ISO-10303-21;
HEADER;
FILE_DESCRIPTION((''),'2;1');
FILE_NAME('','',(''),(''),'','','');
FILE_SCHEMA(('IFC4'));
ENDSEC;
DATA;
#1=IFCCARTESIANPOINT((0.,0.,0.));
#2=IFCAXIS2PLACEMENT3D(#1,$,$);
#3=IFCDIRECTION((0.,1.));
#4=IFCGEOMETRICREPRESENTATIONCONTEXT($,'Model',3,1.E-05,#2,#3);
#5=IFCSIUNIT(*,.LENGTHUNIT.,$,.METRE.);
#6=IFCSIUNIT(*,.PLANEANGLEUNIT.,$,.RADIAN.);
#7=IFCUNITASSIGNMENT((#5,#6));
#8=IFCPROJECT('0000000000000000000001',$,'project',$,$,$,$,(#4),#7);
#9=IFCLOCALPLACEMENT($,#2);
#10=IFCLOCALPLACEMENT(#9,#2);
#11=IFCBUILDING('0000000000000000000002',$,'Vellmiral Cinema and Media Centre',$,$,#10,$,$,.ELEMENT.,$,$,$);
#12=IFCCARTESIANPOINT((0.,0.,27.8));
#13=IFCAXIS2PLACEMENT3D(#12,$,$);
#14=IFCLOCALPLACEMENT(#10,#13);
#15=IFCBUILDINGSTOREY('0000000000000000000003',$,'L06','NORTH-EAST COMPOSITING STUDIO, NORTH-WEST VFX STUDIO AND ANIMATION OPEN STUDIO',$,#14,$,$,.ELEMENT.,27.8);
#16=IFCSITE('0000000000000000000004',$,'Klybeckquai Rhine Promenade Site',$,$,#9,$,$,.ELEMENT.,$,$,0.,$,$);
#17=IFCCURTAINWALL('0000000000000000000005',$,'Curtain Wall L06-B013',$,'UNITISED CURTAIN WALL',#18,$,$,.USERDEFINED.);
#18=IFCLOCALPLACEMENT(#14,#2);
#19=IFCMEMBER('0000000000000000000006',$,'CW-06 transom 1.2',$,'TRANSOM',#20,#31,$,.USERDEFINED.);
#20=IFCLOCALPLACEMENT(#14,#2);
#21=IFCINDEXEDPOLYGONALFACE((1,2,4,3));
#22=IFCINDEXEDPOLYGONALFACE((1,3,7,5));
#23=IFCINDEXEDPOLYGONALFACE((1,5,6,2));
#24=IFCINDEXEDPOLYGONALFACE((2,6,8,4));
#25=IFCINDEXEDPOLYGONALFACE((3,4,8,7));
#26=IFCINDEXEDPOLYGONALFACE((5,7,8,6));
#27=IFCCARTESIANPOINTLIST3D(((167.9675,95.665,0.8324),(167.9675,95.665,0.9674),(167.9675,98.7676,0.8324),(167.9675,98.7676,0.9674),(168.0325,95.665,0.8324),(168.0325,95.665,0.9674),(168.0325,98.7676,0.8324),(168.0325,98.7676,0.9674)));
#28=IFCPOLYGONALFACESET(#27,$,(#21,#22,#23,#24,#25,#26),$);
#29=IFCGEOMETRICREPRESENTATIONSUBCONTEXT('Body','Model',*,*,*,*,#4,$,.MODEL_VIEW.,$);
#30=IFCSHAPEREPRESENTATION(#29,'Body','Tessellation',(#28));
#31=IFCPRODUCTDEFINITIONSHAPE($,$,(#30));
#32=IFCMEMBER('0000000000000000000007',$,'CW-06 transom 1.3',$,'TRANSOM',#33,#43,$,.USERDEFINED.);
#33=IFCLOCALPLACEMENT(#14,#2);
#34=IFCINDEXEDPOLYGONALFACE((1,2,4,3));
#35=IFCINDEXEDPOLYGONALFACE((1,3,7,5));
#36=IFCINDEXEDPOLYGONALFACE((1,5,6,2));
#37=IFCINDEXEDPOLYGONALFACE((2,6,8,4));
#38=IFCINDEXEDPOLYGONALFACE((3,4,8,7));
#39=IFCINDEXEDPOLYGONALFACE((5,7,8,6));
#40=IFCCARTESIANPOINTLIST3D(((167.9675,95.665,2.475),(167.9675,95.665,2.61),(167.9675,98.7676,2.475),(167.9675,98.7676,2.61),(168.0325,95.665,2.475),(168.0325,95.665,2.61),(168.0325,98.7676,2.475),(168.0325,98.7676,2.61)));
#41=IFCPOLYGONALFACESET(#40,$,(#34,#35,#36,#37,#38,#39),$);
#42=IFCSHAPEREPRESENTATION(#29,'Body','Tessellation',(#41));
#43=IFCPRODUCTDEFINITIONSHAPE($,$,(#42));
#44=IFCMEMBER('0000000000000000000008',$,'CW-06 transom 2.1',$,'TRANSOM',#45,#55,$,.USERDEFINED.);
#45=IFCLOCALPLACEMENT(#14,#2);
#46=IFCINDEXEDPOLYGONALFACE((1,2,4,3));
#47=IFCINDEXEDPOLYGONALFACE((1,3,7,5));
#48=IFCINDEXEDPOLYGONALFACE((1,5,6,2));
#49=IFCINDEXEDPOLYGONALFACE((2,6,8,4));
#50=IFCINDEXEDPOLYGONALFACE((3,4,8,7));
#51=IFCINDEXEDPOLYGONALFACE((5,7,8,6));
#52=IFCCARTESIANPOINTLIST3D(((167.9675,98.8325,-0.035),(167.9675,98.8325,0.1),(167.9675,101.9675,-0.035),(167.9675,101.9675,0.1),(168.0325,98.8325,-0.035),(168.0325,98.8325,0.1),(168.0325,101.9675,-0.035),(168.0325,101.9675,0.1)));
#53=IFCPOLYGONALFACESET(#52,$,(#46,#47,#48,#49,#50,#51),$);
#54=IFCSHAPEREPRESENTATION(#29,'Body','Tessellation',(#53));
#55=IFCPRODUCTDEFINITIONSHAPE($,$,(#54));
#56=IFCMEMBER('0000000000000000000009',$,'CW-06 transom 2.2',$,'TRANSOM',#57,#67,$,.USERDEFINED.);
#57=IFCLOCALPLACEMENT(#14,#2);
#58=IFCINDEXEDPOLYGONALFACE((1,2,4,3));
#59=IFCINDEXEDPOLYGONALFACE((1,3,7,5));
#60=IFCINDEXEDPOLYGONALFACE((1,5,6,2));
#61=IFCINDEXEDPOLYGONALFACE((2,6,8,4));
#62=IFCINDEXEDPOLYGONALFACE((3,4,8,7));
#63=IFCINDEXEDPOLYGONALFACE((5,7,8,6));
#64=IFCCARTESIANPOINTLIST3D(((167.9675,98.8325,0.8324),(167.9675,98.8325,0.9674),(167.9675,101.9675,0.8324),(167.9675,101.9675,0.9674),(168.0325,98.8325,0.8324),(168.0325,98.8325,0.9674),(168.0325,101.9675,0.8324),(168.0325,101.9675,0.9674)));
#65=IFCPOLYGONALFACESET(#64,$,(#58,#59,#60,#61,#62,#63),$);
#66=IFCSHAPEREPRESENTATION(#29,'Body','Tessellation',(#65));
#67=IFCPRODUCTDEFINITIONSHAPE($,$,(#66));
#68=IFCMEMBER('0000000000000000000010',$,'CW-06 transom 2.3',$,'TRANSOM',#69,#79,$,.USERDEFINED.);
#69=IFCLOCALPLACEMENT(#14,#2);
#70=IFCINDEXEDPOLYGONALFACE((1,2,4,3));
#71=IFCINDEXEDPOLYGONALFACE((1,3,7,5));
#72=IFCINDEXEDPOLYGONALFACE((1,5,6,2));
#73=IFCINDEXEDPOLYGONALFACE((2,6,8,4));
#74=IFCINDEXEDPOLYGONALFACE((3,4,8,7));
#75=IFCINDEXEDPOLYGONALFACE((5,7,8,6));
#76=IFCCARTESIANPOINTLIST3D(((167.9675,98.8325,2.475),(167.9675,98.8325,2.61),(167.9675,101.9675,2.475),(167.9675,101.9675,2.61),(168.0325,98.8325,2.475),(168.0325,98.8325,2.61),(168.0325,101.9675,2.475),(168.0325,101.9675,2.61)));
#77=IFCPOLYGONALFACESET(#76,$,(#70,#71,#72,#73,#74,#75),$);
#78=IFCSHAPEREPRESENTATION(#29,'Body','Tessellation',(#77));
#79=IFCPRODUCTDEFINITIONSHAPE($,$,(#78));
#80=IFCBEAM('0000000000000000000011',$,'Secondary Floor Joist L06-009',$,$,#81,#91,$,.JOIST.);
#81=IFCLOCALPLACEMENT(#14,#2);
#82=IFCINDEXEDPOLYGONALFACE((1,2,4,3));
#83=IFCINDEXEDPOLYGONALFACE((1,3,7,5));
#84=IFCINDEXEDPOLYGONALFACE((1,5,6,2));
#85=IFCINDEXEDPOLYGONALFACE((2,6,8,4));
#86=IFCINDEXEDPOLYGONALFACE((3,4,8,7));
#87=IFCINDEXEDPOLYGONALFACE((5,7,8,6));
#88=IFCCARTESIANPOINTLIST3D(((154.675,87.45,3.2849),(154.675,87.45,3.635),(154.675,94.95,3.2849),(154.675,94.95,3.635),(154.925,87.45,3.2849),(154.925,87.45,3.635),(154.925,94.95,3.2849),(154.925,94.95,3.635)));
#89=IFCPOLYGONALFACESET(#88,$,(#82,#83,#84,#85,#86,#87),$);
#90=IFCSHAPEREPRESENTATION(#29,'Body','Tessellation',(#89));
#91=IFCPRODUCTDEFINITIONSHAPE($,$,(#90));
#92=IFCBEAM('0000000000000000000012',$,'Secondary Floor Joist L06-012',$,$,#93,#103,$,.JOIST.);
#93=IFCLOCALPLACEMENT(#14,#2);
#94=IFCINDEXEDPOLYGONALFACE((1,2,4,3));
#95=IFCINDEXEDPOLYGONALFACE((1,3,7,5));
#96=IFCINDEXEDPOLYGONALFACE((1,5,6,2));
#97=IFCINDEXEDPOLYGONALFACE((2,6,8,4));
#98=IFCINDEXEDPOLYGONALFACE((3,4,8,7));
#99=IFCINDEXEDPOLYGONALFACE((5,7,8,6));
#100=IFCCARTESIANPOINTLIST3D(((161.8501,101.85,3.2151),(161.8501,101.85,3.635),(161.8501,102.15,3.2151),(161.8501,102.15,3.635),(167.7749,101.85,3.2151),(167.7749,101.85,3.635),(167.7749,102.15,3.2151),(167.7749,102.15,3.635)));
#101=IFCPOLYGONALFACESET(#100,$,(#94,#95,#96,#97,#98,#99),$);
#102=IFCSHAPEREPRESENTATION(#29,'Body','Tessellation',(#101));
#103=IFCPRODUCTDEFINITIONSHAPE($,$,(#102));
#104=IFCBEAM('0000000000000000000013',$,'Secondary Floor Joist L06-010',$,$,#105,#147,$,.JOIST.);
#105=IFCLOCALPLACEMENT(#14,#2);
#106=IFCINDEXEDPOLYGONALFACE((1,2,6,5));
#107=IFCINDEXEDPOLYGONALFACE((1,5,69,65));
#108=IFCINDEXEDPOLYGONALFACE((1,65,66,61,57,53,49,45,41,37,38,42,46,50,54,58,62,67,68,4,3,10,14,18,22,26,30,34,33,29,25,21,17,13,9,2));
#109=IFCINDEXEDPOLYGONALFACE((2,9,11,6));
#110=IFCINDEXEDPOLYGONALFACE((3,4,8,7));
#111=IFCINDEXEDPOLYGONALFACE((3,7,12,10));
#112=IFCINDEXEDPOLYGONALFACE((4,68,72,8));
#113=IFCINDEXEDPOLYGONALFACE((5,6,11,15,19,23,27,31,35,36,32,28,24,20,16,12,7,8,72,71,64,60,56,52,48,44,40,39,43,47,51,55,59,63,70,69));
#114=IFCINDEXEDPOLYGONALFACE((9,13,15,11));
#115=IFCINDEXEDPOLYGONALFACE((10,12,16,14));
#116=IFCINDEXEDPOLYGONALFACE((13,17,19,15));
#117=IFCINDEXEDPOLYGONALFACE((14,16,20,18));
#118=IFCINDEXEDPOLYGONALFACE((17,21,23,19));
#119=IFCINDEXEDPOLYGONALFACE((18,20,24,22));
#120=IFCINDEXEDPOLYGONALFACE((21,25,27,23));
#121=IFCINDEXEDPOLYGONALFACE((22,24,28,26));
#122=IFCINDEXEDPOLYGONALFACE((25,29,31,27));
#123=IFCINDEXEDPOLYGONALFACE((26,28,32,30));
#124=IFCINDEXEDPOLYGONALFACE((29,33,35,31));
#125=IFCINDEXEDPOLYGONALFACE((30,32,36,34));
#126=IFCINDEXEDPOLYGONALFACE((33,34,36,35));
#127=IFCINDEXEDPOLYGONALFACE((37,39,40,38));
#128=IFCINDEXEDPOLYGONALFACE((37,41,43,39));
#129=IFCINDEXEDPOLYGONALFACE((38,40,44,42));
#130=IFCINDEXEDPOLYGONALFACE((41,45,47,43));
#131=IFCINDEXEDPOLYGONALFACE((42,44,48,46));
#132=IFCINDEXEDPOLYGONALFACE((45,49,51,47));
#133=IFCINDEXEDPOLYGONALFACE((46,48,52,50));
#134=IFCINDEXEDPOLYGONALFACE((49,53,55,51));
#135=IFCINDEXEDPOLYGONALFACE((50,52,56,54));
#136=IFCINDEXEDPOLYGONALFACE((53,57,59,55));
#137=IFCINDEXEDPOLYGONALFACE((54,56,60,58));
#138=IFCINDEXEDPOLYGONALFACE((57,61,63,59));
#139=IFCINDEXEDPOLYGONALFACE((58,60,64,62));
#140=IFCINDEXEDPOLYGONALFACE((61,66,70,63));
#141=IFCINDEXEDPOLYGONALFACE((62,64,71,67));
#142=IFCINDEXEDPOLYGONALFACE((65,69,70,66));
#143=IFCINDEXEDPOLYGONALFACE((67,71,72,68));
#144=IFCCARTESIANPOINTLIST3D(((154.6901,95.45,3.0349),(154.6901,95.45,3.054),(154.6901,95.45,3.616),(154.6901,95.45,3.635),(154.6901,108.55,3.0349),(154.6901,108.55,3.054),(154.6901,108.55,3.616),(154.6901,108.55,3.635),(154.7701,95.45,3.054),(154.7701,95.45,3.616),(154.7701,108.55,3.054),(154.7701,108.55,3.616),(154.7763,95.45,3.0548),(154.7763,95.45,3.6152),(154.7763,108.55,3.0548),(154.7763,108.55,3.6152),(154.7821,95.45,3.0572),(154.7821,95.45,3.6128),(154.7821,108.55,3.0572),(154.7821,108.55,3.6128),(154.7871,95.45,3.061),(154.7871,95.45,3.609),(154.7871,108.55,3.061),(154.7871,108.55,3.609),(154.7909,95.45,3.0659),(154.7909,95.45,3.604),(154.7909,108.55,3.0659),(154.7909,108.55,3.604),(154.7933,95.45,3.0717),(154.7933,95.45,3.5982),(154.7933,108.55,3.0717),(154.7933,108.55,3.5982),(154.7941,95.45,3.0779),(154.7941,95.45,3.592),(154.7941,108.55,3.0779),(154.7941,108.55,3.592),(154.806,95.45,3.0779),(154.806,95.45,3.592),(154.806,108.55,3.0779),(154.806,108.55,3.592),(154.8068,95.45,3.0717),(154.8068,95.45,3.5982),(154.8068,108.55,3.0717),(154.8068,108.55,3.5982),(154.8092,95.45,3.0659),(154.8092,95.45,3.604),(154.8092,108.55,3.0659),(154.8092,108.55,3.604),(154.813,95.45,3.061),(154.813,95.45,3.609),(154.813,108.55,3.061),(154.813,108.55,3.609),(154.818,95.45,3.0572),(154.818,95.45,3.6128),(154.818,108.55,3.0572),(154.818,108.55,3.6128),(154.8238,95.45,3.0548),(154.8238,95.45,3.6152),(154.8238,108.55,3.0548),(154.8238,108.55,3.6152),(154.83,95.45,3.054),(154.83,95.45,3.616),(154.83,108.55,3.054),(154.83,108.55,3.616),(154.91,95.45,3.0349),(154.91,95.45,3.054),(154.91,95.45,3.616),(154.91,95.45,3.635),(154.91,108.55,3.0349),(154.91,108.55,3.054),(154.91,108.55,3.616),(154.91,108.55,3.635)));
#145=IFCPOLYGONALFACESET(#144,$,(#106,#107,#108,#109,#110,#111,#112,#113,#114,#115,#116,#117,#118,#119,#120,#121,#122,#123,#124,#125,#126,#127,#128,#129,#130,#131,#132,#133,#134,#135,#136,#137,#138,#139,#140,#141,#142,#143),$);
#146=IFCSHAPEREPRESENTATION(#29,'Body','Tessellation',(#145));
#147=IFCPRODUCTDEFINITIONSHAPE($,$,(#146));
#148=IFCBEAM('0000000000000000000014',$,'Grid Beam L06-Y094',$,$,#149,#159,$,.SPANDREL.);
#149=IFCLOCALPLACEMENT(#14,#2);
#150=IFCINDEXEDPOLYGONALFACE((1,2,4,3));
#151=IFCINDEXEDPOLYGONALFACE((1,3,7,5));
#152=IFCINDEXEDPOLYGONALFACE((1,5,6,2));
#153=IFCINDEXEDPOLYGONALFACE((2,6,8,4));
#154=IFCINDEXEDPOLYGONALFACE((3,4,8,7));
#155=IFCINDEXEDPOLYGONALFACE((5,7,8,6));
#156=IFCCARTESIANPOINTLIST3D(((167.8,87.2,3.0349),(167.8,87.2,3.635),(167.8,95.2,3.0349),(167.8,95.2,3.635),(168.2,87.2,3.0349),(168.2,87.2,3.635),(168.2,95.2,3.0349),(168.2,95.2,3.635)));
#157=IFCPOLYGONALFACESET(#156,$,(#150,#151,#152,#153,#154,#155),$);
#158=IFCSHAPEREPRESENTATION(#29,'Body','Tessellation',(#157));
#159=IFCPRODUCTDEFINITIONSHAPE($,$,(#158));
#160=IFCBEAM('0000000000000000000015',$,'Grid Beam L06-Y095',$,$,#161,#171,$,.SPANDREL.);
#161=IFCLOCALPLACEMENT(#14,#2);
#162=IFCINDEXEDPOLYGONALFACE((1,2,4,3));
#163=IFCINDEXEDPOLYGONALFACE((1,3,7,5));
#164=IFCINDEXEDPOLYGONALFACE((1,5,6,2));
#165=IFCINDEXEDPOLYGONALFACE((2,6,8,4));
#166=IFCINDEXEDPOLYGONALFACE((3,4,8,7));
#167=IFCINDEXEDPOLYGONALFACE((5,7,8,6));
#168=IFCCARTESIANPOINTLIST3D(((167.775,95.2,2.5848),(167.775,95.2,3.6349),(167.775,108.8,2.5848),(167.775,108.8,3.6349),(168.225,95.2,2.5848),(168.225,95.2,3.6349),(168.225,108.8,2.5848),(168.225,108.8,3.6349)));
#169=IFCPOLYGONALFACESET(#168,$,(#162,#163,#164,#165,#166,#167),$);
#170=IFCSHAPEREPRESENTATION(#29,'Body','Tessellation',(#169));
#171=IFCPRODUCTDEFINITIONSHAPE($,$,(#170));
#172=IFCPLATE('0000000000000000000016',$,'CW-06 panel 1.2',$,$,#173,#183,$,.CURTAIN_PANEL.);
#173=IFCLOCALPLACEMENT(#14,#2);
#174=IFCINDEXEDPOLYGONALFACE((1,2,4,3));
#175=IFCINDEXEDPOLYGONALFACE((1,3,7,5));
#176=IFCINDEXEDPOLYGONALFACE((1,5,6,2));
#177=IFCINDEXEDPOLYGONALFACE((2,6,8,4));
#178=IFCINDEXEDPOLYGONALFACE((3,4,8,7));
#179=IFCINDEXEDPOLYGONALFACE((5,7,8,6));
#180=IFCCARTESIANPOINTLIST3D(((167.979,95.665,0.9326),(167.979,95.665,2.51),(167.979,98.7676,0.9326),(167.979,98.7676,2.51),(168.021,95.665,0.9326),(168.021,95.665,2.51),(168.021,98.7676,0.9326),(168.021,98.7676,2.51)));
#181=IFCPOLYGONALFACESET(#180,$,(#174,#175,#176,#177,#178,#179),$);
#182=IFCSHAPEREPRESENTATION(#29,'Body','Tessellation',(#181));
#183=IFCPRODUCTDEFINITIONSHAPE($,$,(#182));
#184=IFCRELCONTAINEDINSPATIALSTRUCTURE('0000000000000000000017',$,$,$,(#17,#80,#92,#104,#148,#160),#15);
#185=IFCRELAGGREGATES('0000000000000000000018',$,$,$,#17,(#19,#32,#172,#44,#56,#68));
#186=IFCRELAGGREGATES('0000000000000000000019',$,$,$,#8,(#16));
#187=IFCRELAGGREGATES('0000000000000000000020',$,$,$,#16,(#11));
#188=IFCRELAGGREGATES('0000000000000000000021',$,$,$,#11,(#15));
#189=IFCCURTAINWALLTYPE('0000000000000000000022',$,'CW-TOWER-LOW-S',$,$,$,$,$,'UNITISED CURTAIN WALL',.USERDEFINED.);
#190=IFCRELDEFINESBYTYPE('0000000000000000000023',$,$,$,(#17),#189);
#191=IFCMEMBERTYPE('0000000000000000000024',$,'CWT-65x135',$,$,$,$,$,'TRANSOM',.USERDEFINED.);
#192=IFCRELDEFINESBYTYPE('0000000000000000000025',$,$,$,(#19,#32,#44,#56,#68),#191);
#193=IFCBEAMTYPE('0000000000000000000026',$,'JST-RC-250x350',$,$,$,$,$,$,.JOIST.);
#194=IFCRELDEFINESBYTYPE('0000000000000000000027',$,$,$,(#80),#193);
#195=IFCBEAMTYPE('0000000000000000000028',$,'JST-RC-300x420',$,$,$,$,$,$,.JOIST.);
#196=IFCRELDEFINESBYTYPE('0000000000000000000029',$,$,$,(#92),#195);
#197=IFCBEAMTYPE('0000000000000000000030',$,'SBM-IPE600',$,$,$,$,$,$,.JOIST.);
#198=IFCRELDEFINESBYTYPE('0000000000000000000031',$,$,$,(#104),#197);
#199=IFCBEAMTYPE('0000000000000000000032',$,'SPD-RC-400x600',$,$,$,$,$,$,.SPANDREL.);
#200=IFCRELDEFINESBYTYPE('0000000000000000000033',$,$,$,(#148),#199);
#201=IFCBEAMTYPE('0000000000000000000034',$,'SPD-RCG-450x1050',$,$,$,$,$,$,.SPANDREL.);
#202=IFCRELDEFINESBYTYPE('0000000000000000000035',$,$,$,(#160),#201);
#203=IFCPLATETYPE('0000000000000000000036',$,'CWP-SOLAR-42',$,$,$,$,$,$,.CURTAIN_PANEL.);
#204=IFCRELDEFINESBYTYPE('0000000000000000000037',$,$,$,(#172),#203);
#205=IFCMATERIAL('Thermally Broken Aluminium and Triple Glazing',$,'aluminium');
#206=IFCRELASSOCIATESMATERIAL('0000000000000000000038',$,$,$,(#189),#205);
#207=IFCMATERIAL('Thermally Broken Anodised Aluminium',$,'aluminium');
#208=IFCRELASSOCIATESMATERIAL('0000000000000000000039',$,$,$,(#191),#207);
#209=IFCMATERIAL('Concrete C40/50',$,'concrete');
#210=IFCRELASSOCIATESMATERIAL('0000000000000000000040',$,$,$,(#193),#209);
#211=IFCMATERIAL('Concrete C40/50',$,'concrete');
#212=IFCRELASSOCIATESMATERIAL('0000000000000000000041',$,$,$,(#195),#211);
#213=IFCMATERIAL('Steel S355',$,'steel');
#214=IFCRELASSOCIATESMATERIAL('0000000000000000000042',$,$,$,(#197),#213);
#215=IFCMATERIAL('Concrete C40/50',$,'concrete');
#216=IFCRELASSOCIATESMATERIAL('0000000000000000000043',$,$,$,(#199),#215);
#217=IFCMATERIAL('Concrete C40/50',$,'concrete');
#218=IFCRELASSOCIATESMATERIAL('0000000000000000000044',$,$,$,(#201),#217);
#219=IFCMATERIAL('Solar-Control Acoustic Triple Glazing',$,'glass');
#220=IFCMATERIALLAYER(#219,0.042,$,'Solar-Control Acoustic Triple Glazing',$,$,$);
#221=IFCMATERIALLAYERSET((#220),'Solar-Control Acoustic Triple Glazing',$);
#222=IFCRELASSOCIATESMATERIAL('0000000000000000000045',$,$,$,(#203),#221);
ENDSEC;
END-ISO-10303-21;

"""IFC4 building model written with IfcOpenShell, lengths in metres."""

from ifc_helpers import new_model, si_unit, direction, frame, origin, origin_2d, place, context, subcontext, project, spatial, rectangle, i_section, extrude, material, layer, layer_set, material_profile, profile_set, type_object, element, aggregate, save


model = new_model("IFC4")

# Units and contexts
model_context = context("Model", 3, precision=1e-05, world=origin(), true_north=direction((0.0, 1.0)))
body_context = subcontext(model_context, "Body", "Model", "MODEL_VIEW")
ifc_project = project(units=[si_unit("LENGTHUNIT", "METRE"), si_unit("PLANEANGLEUNIT", "RADIAN")], contexts=[model_context])

# Site, building, storey
site_placement = place(None, origin())
site = spatial("IfcSite", under=ifc_project, at=site_placement, Name="Klybeckquai Rhine Promenade Site", CompositionType="ELEMENT", RefElevation=0.0)
building_placement = place(site_placement, origin())
building = spatial("IfcBuilding", under=site, at=building_placement, Name="Vellmiral Cinema and Media Centre", CompositionType="ELEMENT")
storey_placement = place(building_placement, frame((0.0, 0.0, 27.8)))
storey = spatial("IfcBuildingStorey", under=building, at=storey_placement, Name="L06", Description="NORTH-EAST COMPOSITING STUDIO, NORTH-WEST VFX STUDIO AND ANIMATION OPEN STUDIO", CompositionType="ELEMENT", Elevation=27.8)

# Curtain wall, members
ifc_material_1 = material(Name="Thermally Broken Aluminium and Triple Glazing", Category="aluminium")
curtain_wall_type = type_object("IfcCurtainWallType", Name="CW-TOWER-LOW-S", ElementType="UNITISED CURTAIN WALL", PredefinedType="USERDEFINED", material=ifc_material_1)
curtain_wall_placement = place(storey_placement, origin())
curtain_wall = element("IfcCurtainWall", 1, at=curtain_wall_placement, inside=storey, type_object=curtain_wall_type, Name="Curtain Wall L06-B013", ObjectType="UNITISED CURTAIN WALL", PredefinedType="USERDEFINED")
ifc_material_2 = material(Name="Thermally Broken Anodised Aluminium", Category="aluminium")
ifc_material_profile_1 = material_profile(ifc_material_2, rectangle(XDim=0.0649, YDim=0.135, at=origin_2d()), Name="MULL 65x135")
ifc_profile_set_1 = profile_set([ifc_material_profile_1], Name="Thermally Broken Anodised Aluminium")
member_type_1 = type_object("IfcMemberType", Name="CWT-65x135", ElementType="TRANSOM", PredefinedType="USERDEFINED", material=ifc_profile_set_1)
member_1_placement = place(storey_placement, frame((168.0, 95.665, 0.8999), z_axis=(0.0, 1.0, 0.0), x_axis=(-1.0, 0.0, 0.0)))
member_1 = element("IfcMember", 2, at=member_1_placement, type_object=member_type_1, Name="CW-06 transom 1.2", ObjectType="TRANSOM", PredefinedType="USERDEFINED", context=body_context, shape_type="SweptSolid", body=[
    extrude(rectangle(XDim=0.0649, YDim=0.135, at=origin_2d()), origin(), (0.0, 0.0, 1.0), 3.1025),
])
member_2_placement = place(storey_placement, frame((168.0, 95.665, 2.5425), z_axis=(0.0, 1.0, 0.0), x_axis=(-1.0, 0.0, 0.0)))
member_2 = element("IfcMember", 3, at=member_2_placement, type_object=member_type_1, Name="CW-06 transom 1.3", ObjectType="TRANSOM", PredefinedType="USERDEFINED", context=body_context, shape_type="SweptSolid", body=[
    extrude(rectangle(XDim=0.0649, YDim=0.135, at=origin_2d()), origin(), (0.0, 0.0, 1.0), 3.1025),
])
member_3_placement = place(storey_placement, frame((168.0, 98.8325, 0.0325), z_axis=(0.0, 1.0, 0.0), x_axis=(-1.0, 0.0, 0.0)))
member_3 = element("IfcMember", 4, at=member_3_placement, type_object=member_type_1, Name="CW-06 transom 2.1", ObjectType="TRANSOM", PredefinedType="USERDEFINED", context=body_context, shape_type="SweptSolid", body=[
    extrude(rectangle(XDim=0.0649, YDim=0.135, at=origin_2d()), origin(), (0.0, 0.0, 1.0), 3.135),
])
member_4_placement = place(storey_placement, frame((168.0, 98.8325, 0.8999), z_axis=(0.0, 1.0, 0.0), x_axis=(-1.0, 0.0, 0.0)))
member_4 = element("IfcMember", 5, at=member_4_placement, type_object=member_type_1, Name="CW-06 transom 2.2", ObjectType="TRANSOM", PredefinedType="USERDEFINED", context=body_context, shape_type="SweptSolid", body=[
    extrude(rectangle(XDim=0.0649, YDim=0.135, at=origin_2d()), origin(), (0.0, 0.0, 1.0), 3.135),
])
member_5_placement = place(storey_placement, frame((168.0, 98.8325, 2.5425), z_axis=(0.0, 1.0, 0.0), x_axis=(-1.0, 0.0, 0.0)))
member_5 = element("IfcMember", 6, at=member_5_placement, type_object=member_type_1, Name="CW-06 transom 2.3", ObjectType="TRANSOM", PredefinedType="USERDEFINED", context=body_context, shape_type="SweptSolid", body=[
    extrude(rectangle(XDim=0.0649, YDim=0.135, at=origin_2d()), origin(), (0.0, 0.0, 1.0), 3.135),
])

# Beams
ifc_material_3 = material(Name="Concrete C40/50", Category="concrete")
ifc_material_profile_2 = material_profile(ifc_material_3, rectangle(XDim=0.25, YDim=0.3501, at=origin_2d()), Name="RC 250x350")
ifc_profile_set_2 = profile_set([ifc_material_profile_2], Name="Concrete C40/50")
beam_type_1 = type_object("IfcBeamType", Name="JST-RC-250x350", PredefinedType="JOIST", material=ifc_profile_set_2)
beam_1_placement = place(storey_placement, frame((154.8, 87.45, 3.46), z_axis=(0.0, 1.0, 0.0), x_axis=(-1.0, 0.0, 0.0)))
element("IfcBeam", 7, at=beam_1_placement, inside=storey, type_object=beam_type_1, Name="Secondary Floor Joist L06-009", PredefinedType="JOIST", context=body_context, shape_type="SweptSolid", body=[
    extrude(rectangle(XDim=0.25, YDim=0.3501, at=origin_2d()), origin(), (0.0, 0.0, 1.0), 7.5),
])
ifc_material_4 = material(Name="Concrete C40/50", Category="concrete")
ifc_material_profile_3 = material_profile(ifc_material_4, rectangle(XDim=0.3, YDim=0.4199, at=origin_2d()), Name="RC 300x420")
ifc_profile_set_3 = profile_set([ifc_material_profile_3], Name="Concrete C40/50")
beam_type_2 = type_object("IfcBeamType", Name="JST-RC-300x420", PredefinedType="JOIST", material=ifc_profile_set_3)
beam_2_placement = place(storey_placement, frame((161.8501, 102.0, 3.425), z_axis=(1.0, 0.0, 0.0), x_axis=(0.0, 1.0, 0.0)))
element("IfcBeam", 8, at=beam_2_placement, inside=storey, type_object=beam_type_2, Name="Secondary Floor Joist L06-012", PredefinedType="JOIST", context=body_context, shape_type="SweptSolid", body=[
    extrude(rectangle(XDim=0.3, YDim=0.4199, at=origin_2d()), origin(), (0.0, 0.0, 1.0), 5.9248),
])
ifc_material_5 = material(Name="Steel S355", Category="steel")
ifc_material_profile_4 = material_profile(ifc_material_5, i_section(OverallWidth=0.22, OverallDepth=0.6001, WebThickness=0.012, FlangeThickness=0.019, FilletRadius=0.0239, at=origin_2d()), Name="IPE 600")
ifc_profile_set_4 = profile_set([ifc_material_profile_4], Name="Steel S355")
beam_type_3 = type_object("IfcBeamType", Name="SBM-IPE600", PredefinedType="JOIST", material=ifc_profile_set_4)
beam_3_placement = place(storey_placement, frame((154.8, 95.45, 3.335), z_axis=(0.0, 1.0, 0.0), x_axis=(-1.0, 0.0, 0.0)))
element("IfcBeam", 9, at=beam_3_placement, inside=storey, type_object=beam_type_3, Name="Secondary Floor Joist L06-010", PredefinedType="JOIST", context=body_context, shape_type="SweptSolid", body=[
    extrude(i_section(OverallWidth=0.22, OverallDepth=0.6001, WebThickness=0.012, FlangeThickness=0.019, FilletRadius=0.0239, at=origin_2d()), origin(), (0.0, 0.0, 1.0), 13.1001),
])
ifc_material_6 = material(Name="Concrete C40/50", Category="concrete")
ifc_material_profile_5 = material_profile(ifc_material_6, rectangle(XDim=0.3999, YDim=0.6001, at=origin_2d()), Name="RC 400x600")
ifc_profile_set_5 = profile_set([ifc_material_profile_5], Name="Concrete C40/50")
beam_type_4 = type_object("IfcBeamType", Name="SPD-RC-400x600", PredefinedType="SPANDREL", material=ifc_profile_set_5)
beam_4_placement = place(storey_placement, frame((168.0, 87.2, 3.335), z_axis=(0.0, 1.0, 0.0), x_axis=(-1.0, 0.0, 0.0)))
element("IfcBeam", 10, at=beam_4_placement, inside=storey, type_object=beam_type_4, Name="Grid Beam L06-Y094", PredefinedType="SPANDREL", context=body_context, shape_type="SweptSolid", body=[
    extrude(rectangle(XDim=0.3999, YDim=0.6001, at=origin_2d()), origin(), (0.0, 0.0, 1.0), 8.0),
])
ifc_material_7 = material(Name="Concrete C40/50", Category="concrete")
ifc_material_profile_6 = material_profile(ifc_material_7, rectangle(XDim=0.45, YDim=1.05, at=origin_2d()), Name="RC 450x1050")
ifc_profile_set_6 = profile_set([ifc_material_profile_6], Name="Concrete C40/50")
beam_type_5 = type_object("IfcBeamType", Name="SPD-RCG-450x1050", PredefinedType="SPANDREL", material=ifc_profile_set_6)
beam_5_placement = place(storey_placement, frame((168.0, 95.2, 3.1099), z_axis=(0.0, 1.0, 0.0), x_axis=(-1.0, 0.0, 0.0)))
element("IfcBeam", 11, at=beam_5_placement, inside=storey, type_object=beam_type_5, Name="Grid Beam L06-Y095", PredefinedType="SPANDREL", context=body_context, shape_type="SweptSolid", body=[
    extrude(rectangle(XDim=0.45, YDim=1.05, at=origin_2d()), origin(), (0.0, 0.0, 1.0), 13.6001),
])

# Plate
ifc_material_8 = material(Name="Solar-Control Acoustic Triple Glazing", Category="glass")
ifc_layer_1 = layer(ifc_material_8, 0.042, Name="Solar-Control Acoustic Triple Glazing")
ifc_layer_set_1 = layer_set([ifc_layer_1], Name="Solar-Control Acoustic Triple Glazing")
plate_type_1 = type_object("IfcPlateType", Name="CWP-SOLAR-42", PredefinedType="CURTAIN_PANEL", material=ifc_layer_set_1)
plate_1_placement = place(storey_placement, frame((168.0, 97.2163, 0.9326), z_axis=(0.0, 0.0, 1.0), x_axis=(0.0, 1.0, 0.0)))
plate_1 = element("IfcPlate", 12, at=plate_1_placement, type_object=plate_type_1, Name="CW-06 panel 1.2", PredefinedType="CURTAIN_PANEL", context=body_context, shape_type="SweptSolid", body=[
    extrude(rectangle(XDim=3.1025, YDim=0.042, at=origin_2d()), origin(), (0.0, 0.0, 1.0), 1.5774),
])
aggregate(curtain_wall, [member_1, member_2, plate_1, member_3, member_4, member_5])

save(model, "model.ifc")
